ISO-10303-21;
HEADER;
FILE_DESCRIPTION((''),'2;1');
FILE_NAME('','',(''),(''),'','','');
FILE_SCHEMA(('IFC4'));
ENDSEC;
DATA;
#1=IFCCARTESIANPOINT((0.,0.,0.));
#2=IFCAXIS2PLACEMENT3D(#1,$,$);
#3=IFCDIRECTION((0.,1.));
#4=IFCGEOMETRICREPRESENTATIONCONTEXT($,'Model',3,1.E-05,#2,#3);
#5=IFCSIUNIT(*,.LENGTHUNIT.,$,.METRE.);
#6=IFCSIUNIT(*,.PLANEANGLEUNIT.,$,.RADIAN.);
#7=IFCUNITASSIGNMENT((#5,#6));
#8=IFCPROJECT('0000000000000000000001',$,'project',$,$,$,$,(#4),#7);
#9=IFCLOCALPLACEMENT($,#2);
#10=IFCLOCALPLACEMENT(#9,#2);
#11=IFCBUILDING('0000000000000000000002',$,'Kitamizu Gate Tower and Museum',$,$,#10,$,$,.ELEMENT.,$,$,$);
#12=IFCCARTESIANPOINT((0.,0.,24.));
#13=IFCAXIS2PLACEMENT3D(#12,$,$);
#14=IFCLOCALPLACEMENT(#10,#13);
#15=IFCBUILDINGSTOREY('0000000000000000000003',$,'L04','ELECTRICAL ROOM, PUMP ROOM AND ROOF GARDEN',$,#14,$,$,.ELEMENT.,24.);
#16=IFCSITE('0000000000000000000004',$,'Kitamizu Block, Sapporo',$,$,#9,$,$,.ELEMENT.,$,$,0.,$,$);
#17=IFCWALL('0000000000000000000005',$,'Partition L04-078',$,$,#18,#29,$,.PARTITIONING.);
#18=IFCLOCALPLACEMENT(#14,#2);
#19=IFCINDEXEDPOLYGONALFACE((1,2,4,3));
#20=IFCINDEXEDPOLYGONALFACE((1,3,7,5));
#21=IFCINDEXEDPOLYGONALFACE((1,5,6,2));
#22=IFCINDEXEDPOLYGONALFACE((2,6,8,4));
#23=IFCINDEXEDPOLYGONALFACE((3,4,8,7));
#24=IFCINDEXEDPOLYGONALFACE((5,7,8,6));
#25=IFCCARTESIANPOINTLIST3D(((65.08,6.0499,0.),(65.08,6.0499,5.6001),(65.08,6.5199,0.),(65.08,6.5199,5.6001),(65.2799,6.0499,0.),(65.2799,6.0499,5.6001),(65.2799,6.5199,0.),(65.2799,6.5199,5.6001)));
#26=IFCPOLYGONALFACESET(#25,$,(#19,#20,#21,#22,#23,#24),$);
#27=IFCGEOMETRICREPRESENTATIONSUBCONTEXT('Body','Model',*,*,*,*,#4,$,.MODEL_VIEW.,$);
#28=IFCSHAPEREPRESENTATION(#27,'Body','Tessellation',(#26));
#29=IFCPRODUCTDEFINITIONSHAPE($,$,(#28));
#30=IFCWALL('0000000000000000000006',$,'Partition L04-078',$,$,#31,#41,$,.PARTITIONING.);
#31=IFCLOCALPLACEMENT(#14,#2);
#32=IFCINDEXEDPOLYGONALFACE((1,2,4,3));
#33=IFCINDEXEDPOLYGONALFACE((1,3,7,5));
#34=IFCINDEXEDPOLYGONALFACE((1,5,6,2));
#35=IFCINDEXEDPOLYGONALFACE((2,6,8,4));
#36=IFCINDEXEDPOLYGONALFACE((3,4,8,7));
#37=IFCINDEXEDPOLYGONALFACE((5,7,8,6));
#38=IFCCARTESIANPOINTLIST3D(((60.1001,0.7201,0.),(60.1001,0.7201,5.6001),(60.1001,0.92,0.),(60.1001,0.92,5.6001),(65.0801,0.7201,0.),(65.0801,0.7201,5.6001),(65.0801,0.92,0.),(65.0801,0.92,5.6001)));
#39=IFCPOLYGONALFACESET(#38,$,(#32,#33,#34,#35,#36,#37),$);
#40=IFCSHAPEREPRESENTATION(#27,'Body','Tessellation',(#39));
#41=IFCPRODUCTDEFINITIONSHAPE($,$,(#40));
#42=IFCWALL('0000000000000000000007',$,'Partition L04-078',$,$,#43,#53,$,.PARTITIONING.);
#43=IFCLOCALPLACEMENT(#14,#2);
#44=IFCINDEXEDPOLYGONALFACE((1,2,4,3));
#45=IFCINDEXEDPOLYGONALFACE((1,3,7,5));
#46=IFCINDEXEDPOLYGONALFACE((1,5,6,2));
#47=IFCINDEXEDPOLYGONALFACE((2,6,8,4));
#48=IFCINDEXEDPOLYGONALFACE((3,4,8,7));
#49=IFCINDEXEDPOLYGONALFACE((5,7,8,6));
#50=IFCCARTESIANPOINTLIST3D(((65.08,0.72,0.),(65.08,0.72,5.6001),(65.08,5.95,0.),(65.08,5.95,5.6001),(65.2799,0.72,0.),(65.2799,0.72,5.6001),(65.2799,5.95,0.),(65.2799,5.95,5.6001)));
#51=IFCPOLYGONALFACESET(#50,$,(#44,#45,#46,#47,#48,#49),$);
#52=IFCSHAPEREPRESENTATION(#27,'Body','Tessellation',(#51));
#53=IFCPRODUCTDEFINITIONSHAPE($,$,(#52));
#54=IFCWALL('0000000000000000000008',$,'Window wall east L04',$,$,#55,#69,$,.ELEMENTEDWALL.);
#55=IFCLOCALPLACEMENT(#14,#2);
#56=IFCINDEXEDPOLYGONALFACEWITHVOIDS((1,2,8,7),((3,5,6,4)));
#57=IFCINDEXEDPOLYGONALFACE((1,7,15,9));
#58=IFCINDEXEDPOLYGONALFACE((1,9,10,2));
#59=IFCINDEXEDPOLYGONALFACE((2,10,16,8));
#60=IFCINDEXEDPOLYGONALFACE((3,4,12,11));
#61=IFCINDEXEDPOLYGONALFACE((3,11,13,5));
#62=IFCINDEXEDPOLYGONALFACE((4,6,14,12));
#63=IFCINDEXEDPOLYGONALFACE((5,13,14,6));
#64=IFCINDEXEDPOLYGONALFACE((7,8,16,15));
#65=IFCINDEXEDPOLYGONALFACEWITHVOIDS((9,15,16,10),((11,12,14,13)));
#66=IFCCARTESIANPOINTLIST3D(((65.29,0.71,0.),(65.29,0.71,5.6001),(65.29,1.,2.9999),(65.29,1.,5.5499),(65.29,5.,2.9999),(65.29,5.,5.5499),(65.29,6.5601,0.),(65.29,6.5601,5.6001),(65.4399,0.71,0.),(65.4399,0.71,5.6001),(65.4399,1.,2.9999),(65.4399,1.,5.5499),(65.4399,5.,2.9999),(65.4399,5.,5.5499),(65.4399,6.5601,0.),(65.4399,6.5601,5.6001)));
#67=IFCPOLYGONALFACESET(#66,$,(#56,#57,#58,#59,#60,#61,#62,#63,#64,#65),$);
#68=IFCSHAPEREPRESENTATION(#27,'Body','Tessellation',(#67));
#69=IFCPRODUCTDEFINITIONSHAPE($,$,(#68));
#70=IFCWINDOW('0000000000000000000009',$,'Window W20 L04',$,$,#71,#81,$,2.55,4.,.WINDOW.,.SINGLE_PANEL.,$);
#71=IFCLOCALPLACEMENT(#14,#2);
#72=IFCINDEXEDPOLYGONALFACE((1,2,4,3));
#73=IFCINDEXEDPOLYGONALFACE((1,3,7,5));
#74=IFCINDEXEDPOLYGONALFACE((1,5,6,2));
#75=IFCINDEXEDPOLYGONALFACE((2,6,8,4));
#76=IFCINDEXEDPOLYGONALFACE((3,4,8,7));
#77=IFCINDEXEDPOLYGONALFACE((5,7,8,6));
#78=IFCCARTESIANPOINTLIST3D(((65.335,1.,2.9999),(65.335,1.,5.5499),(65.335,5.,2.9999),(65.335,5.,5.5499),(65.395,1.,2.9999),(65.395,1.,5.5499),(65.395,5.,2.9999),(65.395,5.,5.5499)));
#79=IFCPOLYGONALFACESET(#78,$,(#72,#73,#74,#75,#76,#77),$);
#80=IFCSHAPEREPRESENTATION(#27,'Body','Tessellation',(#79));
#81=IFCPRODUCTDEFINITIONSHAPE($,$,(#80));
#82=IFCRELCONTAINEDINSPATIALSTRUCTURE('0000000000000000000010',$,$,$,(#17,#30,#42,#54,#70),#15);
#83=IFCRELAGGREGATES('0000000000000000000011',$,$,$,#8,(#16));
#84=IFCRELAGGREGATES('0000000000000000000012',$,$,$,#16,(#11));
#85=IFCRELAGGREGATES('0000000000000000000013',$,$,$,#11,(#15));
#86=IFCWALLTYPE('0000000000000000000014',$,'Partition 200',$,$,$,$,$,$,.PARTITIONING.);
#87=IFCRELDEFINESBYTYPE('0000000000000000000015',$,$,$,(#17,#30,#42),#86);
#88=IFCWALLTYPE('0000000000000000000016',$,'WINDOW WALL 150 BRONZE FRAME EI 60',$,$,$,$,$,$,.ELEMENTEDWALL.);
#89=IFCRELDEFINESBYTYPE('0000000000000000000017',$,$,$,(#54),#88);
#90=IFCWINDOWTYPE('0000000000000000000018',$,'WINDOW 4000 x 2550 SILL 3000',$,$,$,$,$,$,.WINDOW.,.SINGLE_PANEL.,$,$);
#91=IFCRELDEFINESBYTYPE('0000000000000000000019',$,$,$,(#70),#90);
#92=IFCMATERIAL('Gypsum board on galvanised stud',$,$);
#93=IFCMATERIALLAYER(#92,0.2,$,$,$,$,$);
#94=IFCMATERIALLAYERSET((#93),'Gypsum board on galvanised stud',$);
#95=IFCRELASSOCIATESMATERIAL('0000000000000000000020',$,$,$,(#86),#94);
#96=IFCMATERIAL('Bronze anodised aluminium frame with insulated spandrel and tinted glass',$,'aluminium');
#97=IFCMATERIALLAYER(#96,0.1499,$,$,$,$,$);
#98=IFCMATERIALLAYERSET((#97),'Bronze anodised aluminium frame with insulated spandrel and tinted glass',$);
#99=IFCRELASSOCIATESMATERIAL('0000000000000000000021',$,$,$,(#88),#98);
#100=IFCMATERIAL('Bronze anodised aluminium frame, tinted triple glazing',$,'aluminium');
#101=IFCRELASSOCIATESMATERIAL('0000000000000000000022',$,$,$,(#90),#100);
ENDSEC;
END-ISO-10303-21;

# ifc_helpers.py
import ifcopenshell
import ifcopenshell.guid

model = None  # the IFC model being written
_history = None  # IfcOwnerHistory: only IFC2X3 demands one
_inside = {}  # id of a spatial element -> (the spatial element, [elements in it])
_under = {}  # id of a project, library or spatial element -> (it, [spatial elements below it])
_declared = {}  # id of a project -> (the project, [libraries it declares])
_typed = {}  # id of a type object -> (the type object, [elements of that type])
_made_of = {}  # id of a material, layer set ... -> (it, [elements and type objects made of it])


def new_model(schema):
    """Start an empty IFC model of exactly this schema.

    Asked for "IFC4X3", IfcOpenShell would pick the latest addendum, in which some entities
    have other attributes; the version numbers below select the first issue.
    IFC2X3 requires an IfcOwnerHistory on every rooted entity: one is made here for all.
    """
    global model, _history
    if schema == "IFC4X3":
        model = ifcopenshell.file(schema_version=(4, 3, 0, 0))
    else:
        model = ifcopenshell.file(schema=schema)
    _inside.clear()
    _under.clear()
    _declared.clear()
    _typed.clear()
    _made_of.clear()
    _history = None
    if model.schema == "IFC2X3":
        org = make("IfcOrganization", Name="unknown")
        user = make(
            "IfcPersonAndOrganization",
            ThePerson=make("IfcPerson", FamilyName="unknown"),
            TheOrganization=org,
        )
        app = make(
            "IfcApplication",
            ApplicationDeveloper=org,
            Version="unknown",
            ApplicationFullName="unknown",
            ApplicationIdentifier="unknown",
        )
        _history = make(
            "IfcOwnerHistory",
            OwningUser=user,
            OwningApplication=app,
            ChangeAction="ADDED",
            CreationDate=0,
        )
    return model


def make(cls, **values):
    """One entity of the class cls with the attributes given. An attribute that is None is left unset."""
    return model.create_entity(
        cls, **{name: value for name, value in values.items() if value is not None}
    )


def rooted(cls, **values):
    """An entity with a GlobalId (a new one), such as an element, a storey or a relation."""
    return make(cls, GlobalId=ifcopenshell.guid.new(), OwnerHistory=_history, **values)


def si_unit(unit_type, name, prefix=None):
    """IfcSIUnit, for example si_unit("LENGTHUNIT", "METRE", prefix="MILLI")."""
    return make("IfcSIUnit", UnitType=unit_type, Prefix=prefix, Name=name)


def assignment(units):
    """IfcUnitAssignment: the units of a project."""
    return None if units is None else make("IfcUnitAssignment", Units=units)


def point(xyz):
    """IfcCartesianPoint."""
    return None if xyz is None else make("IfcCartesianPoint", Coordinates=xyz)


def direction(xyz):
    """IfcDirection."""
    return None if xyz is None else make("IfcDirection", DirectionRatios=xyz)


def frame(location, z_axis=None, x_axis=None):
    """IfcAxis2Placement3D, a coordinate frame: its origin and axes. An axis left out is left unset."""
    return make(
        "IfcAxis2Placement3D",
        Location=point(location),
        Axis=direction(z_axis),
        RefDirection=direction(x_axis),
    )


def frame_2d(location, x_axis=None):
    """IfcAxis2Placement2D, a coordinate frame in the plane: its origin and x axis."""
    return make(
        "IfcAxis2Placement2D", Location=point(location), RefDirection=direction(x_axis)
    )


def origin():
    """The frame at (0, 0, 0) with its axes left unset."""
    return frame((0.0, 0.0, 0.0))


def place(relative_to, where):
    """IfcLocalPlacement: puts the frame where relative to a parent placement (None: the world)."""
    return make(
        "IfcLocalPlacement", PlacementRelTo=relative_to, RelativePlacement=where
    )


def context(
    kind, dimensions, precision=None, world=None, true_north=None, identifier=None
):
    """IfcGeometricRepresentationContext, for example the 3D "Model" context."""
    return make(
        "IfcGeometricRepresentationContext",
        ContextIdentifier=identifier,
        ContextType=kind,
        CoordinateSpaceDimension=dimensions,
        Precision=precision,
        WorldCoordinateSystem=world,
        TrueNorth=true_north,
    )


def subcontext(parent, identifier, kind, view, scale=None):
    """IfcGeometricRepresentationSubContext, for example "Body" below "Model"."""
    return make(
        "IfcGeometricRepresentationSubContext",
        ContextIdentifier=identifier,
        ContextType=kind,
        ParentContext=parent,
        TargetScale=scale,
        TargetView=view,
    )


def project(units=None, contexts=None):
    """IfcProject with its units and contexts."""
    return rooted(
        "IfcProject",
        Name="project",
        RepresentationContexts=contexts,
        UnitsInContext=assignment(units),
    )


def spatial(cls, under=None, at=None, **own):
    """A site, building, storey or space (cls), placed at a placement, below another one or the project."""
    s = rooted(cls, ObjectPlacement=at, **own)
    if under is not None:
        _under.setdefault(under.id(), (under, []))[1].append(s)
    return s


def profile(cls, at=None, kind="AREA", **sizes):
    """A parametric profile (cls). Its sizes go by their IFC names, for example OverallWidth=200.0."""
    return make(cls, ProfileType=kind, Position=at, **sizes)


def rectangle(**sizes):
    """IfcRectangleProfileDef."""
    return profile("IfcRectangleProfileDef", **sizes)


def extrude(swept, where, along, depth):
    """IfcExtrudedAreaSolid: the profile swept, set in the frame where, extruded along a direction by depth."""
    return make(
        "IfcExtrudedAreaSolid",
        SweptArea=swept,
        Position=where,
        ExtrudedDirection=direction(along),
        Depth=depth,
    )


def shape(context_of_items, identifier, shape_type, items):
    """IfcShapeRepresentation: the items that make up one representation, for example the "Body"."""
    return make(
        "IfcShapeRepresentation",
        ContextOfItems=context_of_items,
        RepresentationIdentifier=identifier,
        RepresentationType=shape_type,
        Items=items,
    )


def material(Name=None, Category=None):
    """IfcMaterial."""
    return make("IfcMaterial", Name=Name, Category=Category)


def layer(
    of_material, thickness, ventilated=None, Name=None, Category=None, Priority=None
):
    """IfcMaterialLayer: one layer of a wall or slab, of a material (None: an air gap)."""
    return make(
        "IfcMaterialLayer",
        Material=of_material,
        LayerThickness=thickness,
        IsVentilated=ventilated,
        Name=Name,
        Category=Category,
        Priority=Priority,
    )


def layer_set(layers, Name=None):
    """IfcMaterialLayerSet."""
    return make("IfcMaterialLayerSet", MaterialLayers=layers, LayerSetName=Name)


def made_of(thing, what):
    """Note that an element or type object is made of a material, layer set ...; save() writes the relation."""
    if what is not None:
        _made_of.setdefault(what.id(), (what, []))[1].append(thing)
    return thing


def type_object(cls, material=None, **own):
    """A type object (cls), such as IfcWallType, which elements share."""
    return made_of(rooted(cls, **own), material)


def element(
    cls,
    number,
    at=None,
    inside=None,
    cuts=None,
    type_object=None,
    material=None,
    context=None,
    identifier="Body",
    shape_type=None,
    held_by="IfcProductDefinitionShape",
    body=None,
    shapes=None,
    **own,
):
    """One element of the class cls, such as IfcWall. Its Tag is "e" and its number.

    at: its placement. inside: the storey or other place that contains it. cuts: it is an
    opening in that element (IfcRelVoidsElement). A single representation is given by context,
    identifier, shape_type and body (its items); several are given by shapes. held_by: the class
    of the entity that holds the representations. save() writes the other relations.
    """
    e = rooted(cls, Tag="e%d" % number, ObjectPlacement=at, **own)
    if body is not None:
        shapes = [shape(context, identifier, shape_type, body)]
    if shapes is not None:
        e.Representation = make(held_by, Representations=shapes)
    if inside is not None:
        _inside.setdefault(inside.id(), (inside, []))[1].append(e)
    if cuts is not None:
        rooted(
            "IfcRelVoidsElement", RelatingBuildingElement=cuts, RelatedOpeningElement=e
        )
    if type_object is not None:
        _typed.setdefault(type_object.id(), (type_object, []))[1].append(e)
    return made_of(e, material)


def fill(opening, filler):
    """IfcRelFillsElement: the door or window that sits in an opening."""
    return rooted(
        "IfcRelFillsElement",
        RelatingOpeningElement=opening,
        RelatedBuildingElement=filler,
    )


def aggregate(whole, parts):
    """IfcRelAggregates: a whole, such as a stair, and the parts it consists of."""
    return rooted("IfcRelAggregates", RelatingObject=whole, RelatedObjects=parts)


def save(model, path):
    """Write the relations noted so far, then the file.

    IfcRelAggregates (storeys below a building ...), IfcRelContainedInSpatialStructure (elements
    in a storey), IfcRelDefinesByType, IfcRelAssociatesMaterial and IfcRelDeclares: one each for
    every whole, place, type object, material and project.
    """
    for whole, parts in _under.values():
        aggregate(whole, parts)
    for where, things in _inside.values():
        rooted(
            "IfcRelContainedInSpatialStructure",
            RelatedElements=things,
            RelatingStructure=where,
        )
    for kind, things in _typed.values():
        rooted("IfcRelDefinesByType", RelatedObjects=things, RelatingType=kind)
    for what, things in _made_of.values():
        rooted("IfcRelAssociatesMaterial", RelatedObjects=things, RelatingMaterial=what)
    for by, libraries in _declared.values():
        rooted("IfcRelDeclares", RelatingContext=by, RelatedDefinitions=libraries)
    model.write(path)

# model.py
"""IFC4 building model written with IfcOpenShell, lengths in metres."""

from ifc_helpers import new_model, si_unit, direction, frame, frame_2d, origin, place, context, subcontext, project, spatial, rectangle, extrude, material, layer, layer_set, type_object, element, fill, save


model = new_model("IFC4")

# Units and contexts
model_context = context("Model", 3, precision=1e-05, world=origin(), true_north=direction((0.0, 1.0)))
body_context = subcontext(model_context, "Body", "Model", "MODEL_VIEW")
ifc_project = project(units=[si_unit("LENGTHUNIT", "METRE"), si_unit("PLANEANGLEUNIT", "RADIAN")], contexts=[model_context])

# Site, building, storey
site_placement = place(None, origin())
site = spatial("IfcSite", under=ifc_project, at=site_placement, Name="Kitamizu Block, Sapporo", CompositionType="ELEMENT", RefElevation=0.0)
building_placement = place(site_placement, origin())
building = spatial("IfcBuilding", under=site, at=building_placement, Name="Kitamizu Gate Tower and Museum", CompositionType="ELEMENT")
storey_placement = place(building_placement, frame((0.0, 0.0, 24.0)))
storey = spatial("IfcBuildingStorey", under=building, at=storey_placement, Name="L04", Description="ELECTRICAL ROOM, PUMP ROOM AND ROOF GARDEN", CompositionType="ELEMENT", Elevation=24.0)

# Walls
ifc_material_1 = material(Name="Gypsum board on galvanised stud")
ifc_layer_1 = layer(ifc_material_1, 0.2)
ifc_layer_set_1 = layer_set([ifc_layer_1], Name="Gypsum board on galvanised stud")
wall_type_1 = type_object("IfcWallType", Name="Partition 200", PredefinedType="PARTITIONING", material=ifc_layer_set_1)
wall_1_placement = place(storey_placement, frame((65.1799, 6.05, 0.0), z_axis=(0.0, 0.0, 1.0), x_axis=(0.0, 1.0, 0.0)))
element("IfcWall", 1, at=wall_1_placement, inside=storey, type_object=wall_type_1, Name="Partition L04-078", PredefinedType="PARTITIONING", context=body_context, shape_type="SweptSolid", body=[
    extrude(rectangle(XDim=0.47, YDim=0.2, at=frame_2d((0.2349, 0.0))), origin(), (0.0, 0.0, 1.0), 5.6001),
])
wall_2_placement = place(storey_placement, frame((60.1001, 0.8201, 0.0), z_axis=(0.0, 0.0, 1.0), x_axis=(1.0, 0.0, 0.0)))
element("IfcWall", 2, at=wall_2_placement, inside=storey, type_object=wall_type_1, Name="Partition L04-078", PredefinedType="PARTITIONING", context=body_context, shape_type="SweptSolid", body=[
    extrude(rectangle(XDim=4.98, YDim=0.2, at=frame_2d((2.49, 0.0))), origin(), (0.0, 0.0, 1.0), 5.6001),
])
wall_3_placement = place(storey_placement, frame((65.1799, 0.72, 0.0), z_axis=(0.0, 0.0, 1.0), x_axis=(0.0, 1.0, 0.0)))
element("IfcWall", 3, at=wall_3_placement, inside=storey, type_object=wall_type_1, Name="Partition L04-078", PredefinedType="PARTITIONING", context=body_context, shape_type="SweptSolid", body=[
    extrude(rectangle(XDim=5.23, YDim=0.2, at=frame_2d((2.615, 0.0))), origin(), (0.0, 0.0, 1.0), 5.6001),
])

# Wall, opening, window
ifc_material_2 = material(Name="Bronze anodised aluminium frame with insulated spandrel and tinted glass", Category="aluminium")
ifc_layer_2 = layer(ifc_material_2, 0.1499)
ifc_layer_set_2 = layer_set([ifc_layer_2], Name="Bronze anodised aluminium frame with insulated spandrel and tinted glass")
wall_type_2 = type_object("IfcWallType", Name="WINDOW WALL 150 BRONZE FRAME EI 60", PredefinedType="ELEMENTEDWALL", material=ifc_layer_set_2)
wall_4_placement = place(storey_placement, frame((65.365, 0.71, 0.0), z_axis=(0.0, 0.0, 1.0), x_axis=(0.0, 1.0, 0.0)))
wall_4 = element("IfcWall", 4, at=wall_4_placement, inside=storey, type_object=wall_type_2, Name="Window wall east L04", PredefinedType="ELEMENTEDWALL", context=body_context, shape_type="SweptSolid", body=[
    extrude(rectangle(XDim=5.8501, YDim=0.1499, at=frame_2d((2.925, 0.0))), origin(), (0.0, 0.0, 1.0), 5.6001),
])
opening_1_placement = place(wall_4_placement, frame((0.29, 0.0, 3.0)))
opening_1 = element("IfcOpeningElement", 5, at=opening_1_placement, cuts=wall_4, PredefinedType="OPENING", context=body_context, shape_type="SweptSolid", body=[
    extrude(rectangle(XDim=4.0, YDim=2.55, at=frame_2d((2.0, 1.2749))), frame((0.0, 0.085, 0.0), z_axis=(0.0, -1.0, 0.0), x_axis=(1.0, 0.0, 0.0)), (0.0, 0.0, 1.0), 0.1699),
])
ifc_material_3 = material(Name="Bronze anodised aluminium frame, tinted triple glazing", Category="aluminium")
window_type_1 = type_object("IfcWindowType", Name="WINDOW 4000 x 2550 SILL 3000", PartitioningType="SINGLE_PANEL", PredefinedType="WINDOW", material=ifc_material_3)
window_1_placement = place(opening_1_placement, origin())
window_1 = element("IfcWindow", 6, at=window_1_placement, inside=storey, type_object=window_type_1, Name="Window W20 L04", OverallHeight=2.55, OverallWidth=4.0, PartitioningType="SINGLE_PANEL", PredefinedType="WINDOW", context=body_context, shape_type="SweptSolid", body=[
    extrude(rectangle(XDim=4.0, YDim=2.55, at=frame_2d((2.0, 1.2749))), frame((0.0, 0.03, 0.0), z_axis=(0.0, -1.0, 0.0), x_axis=(1.0, 0.0, 0.0)), (0.0, 0.0, 1.0), 0.0601),
])
fill(opening_1, window_1)

save(model, "model.ifc")
